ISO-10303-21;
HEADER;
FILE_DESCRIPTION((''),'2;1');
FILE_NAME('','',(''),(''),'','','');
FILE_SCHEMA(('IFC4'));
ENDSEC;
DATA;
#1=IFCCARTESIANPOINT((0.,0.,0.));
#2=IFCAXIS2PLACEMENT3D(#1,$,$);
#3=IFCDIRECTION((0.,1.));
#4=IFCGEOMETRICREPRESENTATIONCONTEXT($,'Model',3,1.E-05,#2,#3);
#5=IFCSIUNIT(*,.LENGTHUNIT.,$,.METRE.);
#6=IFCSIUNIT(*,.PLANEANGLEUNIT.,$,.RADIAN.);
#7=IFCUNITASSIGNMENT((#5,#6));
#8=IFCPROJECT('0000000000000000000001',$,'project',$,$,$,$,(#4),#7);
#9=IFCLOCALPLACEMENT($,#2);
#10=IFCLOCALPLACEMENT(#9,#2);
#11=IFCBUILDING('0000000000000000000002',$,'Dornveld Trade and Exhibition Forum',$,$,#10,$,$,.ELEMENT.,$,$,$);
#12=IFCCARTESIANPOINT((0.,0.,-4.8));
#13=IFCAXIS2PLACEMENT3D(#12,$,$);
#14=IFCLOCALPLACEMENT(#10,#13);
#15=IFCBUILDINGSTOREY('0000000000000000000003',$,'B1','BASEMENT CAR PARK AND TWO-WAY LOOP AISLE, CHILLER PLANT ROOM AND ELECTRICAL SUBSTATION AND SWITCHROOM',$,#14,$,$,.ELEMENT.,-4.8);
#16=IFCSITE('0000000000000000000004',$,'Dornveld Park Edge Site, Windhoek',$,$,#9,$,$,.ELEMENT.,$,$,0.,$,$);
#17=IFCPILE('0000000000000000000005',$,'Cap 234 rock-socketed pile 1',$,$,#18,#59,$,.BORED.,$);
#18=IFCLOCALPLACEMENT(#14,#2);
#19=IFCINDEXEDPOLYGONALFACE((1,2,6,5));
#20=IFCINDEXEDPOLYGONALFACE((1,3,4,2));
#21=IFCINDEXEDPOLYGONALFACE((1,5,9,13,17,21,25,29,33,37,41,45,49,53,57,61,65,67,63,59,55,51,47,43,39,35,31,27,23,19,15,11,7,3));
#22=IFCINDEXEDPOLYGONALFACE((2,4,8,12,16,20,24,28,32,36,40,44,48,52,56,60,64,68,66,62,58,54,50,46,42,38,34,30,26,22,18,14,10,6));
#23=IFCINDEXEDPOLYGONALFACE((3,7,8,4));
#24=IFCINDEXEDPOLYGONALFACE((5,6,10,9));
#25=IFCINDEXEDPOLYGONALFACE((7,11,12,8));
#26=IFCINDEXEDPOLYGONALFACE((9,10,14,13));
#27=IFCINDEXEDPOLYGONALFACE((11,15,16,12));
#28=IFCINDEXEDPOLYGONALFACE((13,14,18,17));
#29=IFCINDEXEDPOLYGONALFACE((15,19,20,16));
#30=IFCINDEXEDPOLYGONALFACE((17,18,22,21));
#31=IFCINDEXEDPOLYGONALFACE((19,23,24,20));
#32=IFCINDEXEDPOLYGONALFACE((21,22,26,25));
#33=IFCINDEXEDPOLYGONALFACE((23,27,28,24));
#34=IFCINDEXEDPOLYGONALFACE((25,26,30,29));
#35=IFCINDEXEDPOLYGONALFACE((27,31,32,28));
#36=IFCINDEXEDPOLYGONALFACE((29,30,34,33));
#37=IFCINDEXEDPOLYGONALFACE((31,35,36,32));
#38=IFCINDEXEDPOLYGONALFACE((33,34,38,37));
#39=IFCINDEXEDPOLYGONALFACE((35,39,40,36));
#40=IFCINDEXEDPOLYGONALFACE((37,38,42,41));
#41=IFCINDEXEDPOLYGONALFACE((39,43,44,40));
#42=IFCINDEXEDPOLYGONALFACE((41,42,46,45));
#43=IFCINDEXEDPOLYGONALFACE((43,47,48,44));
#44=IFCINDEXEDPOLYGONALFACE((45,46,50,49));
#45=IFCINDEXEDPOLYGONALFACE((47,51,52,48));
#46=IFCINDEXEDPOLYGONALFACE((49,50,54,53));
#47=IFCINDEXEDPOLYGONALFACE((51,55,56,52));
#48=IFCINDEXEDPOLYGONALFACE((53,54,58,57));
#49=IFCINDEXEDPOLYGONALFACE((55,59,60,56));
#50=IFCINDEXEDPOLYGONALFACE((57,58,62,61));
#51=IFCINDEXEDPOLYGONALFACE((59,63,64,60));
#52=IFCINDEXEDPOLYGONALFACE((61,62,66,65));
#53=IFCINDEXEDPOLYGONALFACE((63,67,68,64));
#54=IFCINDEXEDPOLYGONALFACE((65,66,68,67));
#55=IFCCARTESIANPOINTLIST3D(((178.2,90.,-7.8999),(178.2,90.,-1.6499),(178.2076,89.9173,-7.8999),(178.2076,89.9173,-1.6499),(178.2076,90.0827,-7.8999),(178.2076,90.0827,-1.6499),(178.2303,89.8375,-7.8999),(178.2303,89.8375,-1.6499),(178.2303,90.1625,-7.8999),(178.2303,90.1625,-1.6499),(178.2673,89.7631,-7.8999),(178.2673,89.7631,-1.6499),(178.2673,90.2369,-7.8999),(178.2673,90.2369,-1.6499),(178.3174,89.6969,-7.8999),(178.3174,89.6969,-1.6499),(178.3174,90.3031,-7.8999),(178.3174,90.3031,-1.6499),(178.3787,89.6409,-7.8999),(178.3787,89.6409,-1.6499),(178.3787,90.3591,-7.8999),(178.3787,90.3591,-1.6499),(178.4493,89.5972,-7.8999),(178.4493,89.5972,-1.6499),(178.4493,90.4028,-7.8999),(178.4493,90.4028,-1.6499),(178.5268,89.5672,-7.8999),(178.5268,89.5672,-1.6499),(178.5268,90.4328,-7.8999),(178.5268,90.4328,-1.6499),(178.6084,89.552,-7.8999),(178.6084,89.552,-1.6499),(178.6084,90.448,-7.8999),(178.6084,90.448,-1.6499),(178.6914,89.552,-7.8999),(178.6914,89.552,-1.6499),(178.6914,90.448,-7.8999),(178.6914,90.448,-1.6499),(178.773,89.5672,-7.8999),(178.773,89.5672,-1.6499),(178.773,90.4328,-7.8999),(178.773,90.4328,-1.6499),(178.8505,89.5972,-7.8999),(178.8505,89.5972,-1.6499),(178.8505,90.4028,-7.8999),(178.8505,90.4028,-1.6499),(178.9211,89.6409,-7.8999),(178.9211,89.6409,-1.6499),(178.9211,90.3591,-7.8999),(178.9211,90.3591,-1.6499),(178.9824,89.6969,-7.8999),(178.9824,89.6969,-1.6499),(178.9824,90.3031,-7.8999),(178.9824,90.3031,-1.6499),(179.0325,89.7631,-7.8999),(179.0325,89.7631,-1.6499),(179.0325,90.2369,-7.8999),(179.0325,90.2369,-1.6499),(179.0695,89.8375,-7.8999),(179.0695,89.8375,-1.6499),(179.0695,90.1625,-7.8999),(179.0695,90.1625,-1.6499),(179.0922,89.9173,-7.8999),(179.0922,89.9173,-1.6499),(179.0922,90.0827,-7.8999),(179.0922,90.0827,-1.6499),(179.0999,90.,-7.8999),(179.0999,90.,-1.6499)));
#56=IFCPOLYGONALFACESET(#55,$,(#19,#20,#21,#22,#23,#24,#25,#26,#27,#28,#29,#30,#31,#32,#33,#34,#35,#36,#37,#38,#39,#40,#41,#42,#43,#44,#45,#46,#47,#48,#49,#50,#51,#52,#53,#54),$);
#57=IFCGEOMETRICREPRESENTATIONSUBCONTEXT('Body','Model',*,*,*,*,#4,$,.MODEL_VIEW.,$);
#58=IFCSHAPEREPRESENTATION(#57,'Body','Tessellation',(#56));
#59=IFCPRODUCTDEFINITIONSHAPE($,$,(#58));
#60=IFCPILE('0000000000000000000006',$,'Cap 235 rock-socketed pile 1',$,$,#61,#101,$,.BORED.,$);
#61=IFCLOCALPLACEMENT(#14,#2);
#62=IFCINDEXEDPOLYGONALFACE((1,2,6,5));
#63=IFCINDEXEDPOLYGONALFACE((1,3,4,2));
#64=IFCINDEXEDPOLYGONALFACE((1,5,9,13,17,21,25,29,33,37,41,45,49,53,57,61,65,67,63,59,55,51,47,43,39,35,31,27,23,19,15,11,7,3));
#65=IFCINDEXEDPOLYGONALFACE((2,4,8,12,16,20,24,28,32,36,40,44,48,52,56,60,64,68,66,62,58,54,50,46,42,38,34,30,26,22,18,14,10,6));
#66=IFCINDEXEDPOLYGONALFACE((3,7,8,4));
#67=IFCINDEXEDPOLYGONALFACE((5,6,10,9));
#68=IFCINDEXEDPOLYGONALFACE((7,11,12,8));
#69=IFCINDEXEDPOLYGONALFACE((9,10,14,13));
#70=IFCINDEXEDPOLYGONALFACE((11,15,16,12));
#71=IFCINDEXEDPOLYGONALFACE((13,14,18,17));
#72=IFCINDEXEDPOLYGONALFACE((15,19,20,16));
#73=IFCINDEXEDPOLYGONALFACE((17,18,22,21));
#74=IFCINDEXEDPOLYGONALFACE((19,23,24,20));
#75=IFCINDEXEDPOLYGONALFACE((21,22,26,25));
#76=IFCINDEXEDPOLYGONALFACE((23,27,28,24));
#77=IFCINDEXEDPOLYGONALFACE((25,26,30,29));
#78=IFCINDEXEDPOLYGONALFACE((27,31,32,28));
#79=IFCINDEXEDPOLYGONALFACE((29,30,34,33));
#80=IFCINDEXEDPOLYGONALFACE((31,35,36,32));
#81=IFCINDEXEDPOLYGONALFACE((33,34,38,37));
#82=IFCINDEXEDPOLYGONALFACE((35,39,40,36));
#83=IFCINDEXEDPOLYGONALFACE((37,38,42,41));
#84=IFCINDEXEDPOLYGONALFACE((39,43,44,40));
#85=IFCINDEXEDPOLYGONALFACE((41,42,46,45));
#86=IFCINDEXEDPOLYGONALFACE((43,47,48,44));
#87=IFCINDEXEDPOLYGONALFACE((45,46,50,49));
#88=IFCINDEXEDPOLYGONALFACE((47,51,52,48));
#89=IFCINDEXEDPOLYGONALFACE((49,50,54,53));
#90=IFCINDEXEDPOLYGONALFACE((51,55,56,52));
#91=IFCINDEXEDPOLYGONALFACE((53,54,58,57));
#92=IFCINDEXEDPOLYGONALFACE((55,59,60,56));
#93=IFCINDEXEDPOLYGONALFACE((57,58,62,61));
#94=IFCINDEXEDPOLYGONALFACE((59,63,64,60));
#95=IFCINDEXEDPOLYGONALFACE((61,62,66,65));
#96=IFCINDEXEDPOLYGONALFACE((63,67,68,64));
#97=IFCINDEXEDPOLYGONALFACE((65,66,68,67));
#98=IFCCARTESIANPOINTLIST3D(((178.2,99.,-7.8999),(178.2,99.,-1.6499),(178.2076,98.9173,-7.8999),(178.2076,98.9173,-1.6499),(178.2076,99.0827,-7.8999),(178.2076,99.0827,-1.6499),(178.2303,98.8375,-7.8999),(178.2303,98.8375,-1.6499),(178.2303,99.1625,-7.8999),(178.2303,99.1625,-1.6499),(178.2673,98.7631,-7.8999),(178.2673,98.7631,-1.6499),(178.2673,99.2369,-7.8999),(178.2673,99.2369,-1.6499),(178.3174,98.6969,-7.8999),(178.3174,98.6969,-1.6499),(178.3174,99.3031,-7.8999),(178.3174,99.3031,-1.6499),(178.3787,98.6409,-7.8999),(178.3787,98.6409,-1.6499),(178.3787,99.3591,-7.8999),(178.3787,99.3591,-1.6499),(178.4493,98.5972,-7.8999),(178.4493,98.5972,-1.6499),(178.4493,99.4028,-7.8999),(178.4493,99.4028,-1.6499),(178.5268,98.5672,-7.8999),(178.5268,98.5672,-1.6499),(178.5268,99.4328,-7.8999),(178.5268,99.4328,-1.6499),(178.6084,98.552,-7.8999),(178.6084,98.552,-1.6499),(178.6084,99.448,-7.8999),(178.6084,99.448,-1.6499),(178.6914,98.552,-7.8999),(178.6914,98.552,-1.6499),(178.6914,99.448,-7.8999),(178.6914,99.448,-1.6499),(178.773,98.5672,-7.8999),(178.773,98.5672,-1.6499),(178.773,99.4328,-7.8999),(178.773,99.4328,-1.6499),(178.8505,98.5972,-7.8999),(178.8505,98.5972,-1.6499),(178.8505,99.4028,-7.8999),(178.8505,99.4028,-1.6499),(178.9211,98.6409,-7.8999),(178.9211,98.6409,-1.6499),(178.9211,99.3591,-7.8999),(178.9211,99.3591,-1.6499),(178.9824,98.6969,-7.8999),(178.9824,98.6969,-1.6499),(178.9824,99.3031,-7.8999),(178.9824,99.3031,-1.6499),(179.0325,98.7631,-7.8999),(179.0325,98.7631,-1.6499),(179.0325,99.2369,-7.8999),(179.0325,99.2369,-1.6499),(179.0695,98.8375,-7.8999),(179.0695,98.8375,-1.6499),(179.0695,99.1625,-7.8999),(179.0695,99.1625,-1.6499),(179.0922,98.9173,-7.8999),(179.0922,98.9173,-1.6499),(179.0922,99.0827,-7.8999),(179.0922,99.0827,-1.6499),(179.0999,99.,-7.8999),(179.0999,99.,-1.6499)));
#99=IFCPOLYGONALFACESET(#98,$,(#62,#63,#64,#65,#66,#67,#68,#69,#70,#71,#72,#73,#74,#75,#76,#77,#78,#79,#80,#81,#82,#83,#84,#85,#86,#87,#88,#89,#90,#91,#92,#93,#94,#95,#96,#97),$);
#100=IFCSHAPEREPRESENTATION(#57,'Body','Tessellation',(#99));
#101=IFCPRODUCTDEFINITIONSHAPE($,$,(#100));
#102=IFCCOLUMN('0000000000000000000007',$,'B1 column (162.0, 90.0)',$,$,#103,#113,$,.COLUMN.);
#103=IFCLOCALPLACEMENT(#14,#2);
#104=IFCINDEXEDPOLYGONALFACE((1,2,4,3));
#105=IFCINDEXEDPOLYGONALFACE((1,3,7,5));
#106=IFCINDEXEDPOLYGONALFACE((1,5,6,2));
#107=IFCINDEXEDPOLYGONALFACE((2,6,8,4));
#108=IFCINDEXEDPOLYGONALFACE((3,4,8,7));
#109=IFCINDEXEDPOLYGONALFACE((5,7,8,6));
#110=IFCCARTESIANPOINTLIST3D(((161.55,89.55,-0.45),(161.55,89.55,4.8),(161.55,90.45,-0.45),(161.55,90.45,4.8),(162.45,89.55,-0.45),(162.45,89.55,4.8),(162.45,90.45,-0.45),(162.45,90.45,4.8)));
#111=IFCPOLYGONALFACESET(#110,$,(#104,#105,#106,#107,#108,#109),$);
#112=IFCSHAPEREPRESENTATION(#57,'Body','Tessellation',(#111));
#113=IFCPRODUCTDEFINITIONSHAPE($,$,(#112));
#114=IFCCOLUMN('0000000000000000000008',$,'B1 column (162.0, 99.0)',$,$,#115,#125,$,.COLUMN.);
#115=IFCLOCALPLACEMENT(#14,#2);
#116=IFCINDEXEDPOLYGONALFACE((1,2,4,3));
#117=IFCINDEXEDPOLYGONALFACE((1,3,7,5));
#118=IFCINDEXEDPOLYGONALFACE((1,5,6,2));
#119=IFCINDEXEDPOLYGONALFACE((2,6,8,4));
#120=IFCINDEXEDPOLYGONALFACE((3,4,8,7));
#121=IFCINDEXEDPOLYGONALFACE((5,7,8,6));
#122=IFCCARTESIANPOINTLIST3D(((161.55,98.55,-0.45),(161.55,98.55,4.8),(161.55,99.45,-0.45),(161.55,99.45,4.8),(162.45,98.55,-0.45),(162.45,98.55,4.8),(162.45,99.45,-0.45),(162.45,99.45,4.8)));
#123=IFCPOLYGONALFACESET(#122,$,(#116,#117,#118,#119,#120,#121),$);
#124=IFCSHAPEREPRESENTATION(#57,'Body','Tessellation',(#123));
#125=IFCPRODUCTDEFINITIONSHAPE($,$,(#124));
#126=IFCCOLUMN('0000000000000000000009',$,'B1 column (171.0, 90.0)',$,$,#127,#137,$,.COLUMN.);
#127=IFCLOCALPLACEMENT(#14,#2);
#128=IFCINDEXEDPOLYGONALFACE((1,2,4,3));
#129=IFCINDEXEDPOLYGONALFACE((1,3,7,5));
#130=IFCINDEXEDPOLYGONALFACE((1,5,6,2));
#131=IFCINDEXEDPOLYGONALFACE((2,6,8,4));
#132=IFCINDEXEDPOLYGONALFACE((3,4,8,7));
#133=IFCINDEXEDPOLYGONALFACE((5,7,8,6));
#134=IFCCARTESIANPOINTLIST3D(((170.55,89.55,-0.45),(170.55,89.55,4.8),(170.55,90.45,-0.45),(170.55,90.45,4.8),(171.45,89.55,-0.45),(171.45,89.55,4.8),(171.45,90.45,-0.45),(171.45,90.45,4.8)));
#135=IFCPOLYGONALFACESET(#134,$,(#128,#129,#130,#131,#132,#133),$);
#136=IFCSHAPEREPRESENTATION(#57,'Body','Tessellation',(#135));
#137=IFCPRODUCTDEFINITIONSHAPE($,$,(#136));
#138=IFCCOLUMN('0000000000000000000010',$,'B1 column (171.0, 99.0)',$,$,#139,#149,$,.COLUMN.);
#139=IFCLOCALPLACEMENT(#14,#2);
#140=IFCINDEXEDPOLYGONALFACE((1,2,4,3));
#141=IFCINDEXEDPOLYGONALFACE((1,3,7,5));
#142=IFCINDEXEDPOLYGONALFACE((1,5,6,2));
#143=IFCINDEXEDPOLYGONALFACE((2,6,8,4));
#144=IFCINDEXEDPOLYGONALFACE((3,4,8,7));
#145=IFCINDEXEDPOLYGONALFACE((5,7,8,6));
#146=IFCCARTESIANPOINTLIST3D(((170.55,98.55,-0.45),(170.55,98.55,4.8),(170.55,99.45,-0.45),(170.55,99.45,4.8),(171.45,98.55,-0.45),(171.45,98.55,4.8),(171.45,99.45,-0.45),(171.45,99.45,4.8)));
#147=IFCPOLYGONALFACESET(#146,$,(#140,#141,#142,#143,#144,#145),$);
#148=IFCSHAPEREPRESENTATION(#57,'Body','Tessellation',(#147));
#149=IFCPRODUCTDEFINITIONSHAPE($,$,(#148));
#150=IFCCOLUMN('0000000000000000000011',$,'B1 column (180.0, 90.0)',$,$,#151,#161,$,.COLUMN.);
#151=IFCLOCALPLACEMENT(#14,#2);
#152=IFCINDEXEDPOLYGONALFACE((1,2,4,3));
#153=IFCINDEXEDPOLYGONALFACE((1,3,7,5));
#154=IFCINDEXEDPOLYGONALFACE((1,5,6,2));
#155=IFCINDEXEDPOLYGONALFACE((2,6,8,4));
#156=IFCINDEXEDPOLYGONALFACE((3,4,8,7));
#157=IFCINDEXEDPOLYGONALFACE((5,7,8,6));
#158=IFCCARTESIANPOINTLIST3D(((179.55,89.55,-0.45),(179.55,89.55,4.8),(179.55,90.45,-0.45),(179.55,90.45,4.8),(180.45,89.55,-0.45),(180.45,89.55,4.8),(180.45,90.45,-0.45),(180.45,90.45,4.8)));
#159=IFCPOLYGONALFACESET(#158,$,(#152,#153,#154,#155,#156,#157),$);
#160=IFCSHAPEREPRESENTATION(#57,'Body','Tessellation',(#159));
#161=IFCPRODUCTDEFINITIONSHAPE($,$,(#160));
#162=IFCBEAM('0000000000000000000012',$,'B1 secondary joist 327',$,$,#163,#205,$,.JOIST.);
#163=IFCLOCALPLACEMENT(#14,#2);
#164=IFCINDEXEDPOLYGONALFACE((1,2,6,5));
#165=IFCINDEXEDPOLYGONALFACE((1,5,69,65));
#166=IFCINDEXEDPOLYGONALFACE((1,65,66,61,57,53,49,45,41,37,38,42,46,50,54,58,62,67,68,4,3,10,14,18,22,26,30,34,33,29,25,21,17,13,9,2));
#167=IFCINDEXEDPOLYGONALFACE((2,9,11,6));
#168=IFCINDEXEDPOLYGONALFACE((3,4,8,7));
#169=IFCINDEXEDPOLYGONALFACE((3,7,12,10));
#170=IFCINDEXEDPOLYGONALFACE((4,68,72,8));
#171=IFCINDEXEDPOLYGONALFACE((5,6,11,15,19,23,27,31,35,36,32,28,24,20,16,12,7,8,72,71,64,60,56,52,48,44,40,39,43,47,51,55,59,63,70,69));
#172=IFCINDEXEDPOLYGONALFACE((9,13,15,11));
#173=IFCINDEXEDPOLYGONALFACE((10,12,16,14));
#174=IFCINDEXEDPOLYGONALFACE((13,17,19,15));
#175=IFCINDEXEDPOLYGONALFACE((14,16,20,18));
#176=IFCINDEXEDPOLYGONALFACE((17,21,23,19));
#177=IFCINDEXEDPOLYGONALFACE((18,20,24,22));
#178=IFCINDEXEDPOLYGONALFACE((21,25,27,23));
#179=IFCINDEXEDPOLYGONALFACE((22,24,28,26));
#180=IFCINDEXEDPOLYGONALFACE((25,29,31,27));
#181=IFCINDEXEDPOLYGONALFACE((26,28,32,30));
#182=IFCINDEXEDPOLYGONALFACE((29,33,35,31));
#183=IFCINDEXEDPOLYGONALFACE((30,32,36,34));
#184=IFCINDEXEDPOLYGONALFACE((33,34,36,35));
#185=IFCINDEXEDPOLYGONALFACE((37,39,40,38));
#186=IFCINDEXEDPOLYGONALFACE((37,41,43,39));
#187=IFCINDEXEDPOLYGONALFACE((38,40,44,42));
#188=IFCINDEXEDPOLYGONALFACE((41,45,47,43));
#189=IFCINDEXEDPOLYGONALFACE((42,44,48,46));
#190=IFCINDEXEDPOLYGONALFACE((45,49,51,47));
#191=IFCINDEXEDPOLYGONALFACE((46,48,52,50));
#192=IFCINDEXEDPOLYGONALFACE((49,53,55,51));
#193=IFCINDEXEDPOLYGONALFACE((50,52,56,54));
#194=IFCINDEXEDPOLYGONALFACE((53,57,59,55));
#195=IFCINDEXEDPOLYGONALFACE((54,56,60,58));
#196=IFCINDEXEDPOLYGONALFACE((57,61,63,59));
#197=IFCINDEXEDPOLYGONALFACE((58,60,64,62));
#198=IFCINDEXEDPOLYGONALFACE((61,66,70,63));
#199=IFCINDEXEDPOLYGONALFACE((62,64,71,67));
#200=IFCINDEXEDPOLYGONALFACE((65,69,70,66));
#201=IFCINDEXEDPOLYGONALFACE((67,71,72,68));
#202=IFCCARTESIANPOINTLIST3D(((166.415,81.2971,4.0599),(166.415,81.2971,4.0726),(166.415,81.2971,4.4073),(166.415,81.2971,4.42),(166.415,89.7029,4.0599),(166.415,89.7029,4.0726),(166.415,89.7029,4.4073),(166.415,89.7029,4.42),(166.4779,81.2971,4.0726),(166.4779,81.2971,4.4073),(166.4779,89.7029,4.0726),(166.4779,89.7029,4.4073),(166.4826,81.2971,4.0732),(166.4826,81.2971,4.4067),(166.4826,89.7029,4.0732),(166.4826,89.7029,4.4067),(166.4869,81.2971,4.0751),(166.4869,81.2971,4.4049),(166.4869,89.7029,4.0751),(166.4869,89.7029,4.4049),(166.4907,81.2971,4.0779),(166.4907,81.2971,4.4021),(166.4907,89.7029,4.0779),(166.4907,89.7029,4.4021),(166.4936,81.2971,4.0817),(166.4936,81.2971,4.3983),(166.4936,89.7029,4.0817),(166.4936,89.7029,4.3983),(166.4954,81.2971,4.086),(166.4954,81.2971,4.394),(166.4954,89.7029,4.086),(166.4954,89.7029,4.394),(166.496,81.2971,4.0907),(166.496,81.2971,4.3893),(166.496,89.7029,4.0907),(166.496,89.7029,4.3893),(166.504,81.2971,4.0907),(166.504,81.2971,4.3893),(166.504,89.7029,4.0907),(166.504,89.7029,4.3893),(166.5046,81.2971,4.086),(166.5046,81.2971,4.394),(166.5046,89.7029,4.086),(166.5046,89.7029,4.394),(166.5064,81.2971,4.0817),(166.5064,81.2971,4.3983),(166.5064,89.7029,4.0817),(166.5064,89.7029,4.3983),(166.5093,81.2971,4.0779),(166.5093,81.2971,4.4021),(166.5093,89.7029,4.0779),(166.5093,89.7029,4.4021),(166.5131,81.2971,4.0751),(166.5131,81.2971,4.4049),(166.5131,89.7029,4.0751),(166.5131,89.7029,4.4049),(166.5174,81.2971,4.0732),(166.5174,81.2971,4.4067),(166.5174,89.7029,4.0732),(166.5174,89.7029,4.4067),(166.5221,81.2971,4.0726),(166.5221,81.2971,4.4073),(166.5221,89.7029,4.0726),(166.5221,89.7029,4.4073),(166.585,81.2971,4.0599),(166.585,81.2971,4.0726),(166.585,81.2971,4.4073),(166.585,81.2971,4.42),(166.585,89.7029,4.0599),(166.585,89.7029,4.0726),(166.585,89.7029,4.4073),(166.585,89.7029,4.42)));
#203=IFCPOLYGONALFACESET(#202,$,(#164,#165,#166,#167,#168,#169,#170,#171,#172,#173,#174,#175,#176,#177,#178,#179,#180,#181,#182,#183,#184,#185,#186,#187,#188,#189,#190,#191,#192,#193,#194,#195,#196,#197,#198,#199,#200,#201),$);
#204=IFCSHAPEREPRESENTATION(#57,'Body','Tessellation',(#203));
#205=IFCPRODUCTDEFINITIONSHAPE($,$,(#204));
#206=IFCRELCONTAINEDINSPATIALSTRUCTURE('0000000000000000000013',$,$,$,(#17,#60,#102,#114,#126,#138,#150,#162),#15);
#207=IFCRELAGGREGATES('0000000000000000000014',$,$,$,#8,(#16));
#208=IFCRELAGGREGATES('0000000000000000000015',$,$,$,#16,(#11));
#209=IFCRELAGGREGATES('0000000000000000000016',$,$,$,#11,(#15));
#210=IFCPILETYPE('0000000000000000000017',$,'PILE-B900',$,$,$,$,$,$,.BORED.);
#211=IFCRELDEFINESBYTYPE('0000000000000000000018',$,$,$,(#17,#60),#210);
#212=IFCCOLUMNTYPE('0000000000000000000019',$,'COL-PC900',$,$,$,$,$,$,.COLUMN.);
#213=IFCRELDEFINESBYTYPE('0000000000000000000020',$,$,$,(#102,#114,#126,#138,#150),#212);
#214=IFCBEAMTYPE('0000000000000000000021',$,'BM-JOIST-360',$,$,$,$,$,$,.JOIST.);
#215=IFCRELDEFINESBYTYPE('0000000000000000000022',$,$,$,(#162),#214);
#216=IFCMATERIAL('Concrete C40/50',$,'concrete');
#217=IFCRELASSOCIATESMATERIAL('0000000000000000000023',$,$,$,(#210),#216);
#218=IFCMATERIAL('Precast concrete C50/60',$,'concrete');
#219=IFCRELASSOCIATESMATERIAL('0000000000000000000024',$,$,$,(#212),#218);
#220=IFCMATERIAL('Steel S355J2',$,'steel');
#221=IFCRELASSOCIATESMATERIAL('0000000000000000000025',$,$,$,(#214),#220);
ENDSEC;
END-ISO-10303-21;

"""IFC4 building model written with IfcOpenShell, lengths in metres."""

from ifc_helpers import new_model, si_unit, direction, frame, origin, origin_2d, place, context, subcontext, project, spatial, rectangle, circle, i_section, extrude, material, material_profile, profile_set, type_object, element, save


model = new_model("IFC4")

# Units and contexts
model_context = context("Model", 3, precision=1e-05, world=origin(), true_north=direction((0.0, 1.0)))
body_context = subcontext(model_context, "Body", "Model", "MODEL_VIEW")
ifc_project = project(units=[si_unit("LENGTHUNIT", "METRE"), si_unit("PLANEANGLEUNIT", "RADIAN")], contexts=[model_context])

# Site, building, storey
site_placement = place(None, origin())
site = spatial("IfcSite", under=ifc_project, at=site_placement, Name="Dornveld Park Edge Site, Windhoek", CompositionType="ELEMENT", RefElevation=0.0)
building_placement = place(site_placement, origin())
building = spatial("IfcBuilding", under=site, at=building_placement, Name="Dornveld Trade and Exhibition Forum", CompositionType="ELEMENT")
storey_placement = place(building_placement, frame((0.0, 0.0, -4.8)))
storey = spatial("IfcBuildingStorey", under=building, at=storey_placement, Name="B1", Description="BASEMENT CAR PARK AND TWO-WAY LOOP AISLE, CHILLER PLANT ROOM AND ELECTRICAL SUBSTATION AND SWITCHROOM", CompositionType="ELEMENT", Elevation=-4.8)

# Piles
ifc_material_1 = material(Name="Concrete C40/50", Category="concrete")
ifc_material_profile_1 = material_profile(ifc_material_1, circle(Radius=0.45, at=origin_2d()), Name="PILE D900")
ifc_profile_set_1 = profile_set([ifc_material_profile_1], Name="Concrete C40/50")
pile_type = type_object("IfcPileType", Name="PILE-B900", PredefinedType="BORED", material=ifc_profile_set_1)
for number, where, z_axis, x_axis, name in (
    (1, (178.6499, 90.0, -1.6499), (0.0, 0.0, -1.0), (1.0, 0.0, 0.0), "Cap 234 rock-socketed pile 1"),
    (2, (178.6499, 99.0, -1.6499), (0.0, 0.0, -1.0), (1.0, 0.0, 0.0), "Cap 235 rock-socketed pile 1"),
):
    element("IfcPile", number, at=place(storey_placement, frame(where, z_axis=z_axis, x_axis=x_axis)), inside=storey, type_object=pile_type, Name=name, PredefinedType="BORED", context=body_context, shape_type="SweptSolid", body=[
        extrude(circle(Radius=0.45, at=origin_2d()), origin(), (0.0, 0.0, 1.0), 6.25),
    ])

# Columns
ifc_material_2 = material(Name="Precast concrete C50/60", Category="concrete")
ifc_material_profile_2 = material_profile(ifc_material_2, rectangle(XDim=0.8999, YDim=0.8999, at=origin_2d()), Name="PC-COL 900x900")
ifc_profile_set_2 = profile_set([ifc_material_profile_2], Name="Precast concrete C50/60")
column_type = type_object("IfcColumnType", Name="COL-PC900", PredefinedType="COLUMN", material=ifc_profile_set_2)
for number, where, z_axis, x_axis, name in (
    (3, (162.0, 90.0, -0.45), (0.0, 0.0, 1.0), (1.0, 0.0, 0.0), "B1 column (162.0, 90.0)"),
    (4, (162.0, 99.0, -0.45), (0.0, 0.0, 1.0), (1.0, 0.0, 0.0), "B1 column (162.0, 99.0)"),
    (5, (171.0, 90.0, -0.45), (0.0, 0.0, 1.0), (1.0, 0.0, 0.0), "B1 column (171.0, 90.0)"),
    (6, (171.0, 99.0, -0.45), (0.0, 0.0, 1.0), (1.0, 0.0, 0.0), "B1 column (171.0, 99.0)"),
    (7, (180.0, 90.0, -0.45), (0.0, 0.0, 1.0), (1.0, 0.0, 0.0), "B1 column (180.0, 90.0)"),
):
    element("IfcColumn", number, at=place(storey_placement, frame(where, z_axis=z_axis, x_axis=x_axis)), inside=storey, type_object=column_type, Name=name, PredefinedType="COLUMN", context=body_context, shape_type="SweptSolid", body=[
        extrude(rectangle(XDim=0.8999, YDim=0.8999, at=origin_2d()), origin(), (0.0, 0.0, 1.0), 5.25),
    ])

# Beam
ifc_material_3 = material(Name="Steel S355J2", Category="steel")
ifc_material_profile_3 = material_profile(ifc_material_3, i_section(OverallWidth=0.1699, OverallDepth=0.3601, WebThickness=0.0081, FlangeThickness=0.0127, FilletRadius=0.0181, at=origin_2d()), Name="IPE 360")
ifc_profile_set_3 = profile_set([ifc_material_profile_3], Name="Steel S355J2")
beam_type_1 = type_object("IfcBeamType", Name="BM-JOIST-360", PredefinedType="JOIST", material=ifc_profile_set_3)
for number, where, z_axis, x_axis, name in (
    (8, (166.5, 81.2971, 4.24), (0.0, 1.0, 0.0), (-1.0, 0.0, 0.0), "B1 secondary joist 327"),
):
    element("IfcBeam", number, at=place(storey_placement, frame(where, z_axis=z_axis, x_axis=x_axis)), inside=storey, type_object=beam_type_1, Name=name, PredefinedType="JOIST", context=body_context, shape_type="SweptSolid", body=[
        extrude(i_section(OverallWidth=0.1699, OverallDepth=0.3601, WebThickness=0.0081, FlangeThickness=0.0127, FilletRadius=0.0181, at=origin_2d()), origin(), (0.0, 0.0, 1.0), 8.4058),
    ])

save(model, "model.ifc")
